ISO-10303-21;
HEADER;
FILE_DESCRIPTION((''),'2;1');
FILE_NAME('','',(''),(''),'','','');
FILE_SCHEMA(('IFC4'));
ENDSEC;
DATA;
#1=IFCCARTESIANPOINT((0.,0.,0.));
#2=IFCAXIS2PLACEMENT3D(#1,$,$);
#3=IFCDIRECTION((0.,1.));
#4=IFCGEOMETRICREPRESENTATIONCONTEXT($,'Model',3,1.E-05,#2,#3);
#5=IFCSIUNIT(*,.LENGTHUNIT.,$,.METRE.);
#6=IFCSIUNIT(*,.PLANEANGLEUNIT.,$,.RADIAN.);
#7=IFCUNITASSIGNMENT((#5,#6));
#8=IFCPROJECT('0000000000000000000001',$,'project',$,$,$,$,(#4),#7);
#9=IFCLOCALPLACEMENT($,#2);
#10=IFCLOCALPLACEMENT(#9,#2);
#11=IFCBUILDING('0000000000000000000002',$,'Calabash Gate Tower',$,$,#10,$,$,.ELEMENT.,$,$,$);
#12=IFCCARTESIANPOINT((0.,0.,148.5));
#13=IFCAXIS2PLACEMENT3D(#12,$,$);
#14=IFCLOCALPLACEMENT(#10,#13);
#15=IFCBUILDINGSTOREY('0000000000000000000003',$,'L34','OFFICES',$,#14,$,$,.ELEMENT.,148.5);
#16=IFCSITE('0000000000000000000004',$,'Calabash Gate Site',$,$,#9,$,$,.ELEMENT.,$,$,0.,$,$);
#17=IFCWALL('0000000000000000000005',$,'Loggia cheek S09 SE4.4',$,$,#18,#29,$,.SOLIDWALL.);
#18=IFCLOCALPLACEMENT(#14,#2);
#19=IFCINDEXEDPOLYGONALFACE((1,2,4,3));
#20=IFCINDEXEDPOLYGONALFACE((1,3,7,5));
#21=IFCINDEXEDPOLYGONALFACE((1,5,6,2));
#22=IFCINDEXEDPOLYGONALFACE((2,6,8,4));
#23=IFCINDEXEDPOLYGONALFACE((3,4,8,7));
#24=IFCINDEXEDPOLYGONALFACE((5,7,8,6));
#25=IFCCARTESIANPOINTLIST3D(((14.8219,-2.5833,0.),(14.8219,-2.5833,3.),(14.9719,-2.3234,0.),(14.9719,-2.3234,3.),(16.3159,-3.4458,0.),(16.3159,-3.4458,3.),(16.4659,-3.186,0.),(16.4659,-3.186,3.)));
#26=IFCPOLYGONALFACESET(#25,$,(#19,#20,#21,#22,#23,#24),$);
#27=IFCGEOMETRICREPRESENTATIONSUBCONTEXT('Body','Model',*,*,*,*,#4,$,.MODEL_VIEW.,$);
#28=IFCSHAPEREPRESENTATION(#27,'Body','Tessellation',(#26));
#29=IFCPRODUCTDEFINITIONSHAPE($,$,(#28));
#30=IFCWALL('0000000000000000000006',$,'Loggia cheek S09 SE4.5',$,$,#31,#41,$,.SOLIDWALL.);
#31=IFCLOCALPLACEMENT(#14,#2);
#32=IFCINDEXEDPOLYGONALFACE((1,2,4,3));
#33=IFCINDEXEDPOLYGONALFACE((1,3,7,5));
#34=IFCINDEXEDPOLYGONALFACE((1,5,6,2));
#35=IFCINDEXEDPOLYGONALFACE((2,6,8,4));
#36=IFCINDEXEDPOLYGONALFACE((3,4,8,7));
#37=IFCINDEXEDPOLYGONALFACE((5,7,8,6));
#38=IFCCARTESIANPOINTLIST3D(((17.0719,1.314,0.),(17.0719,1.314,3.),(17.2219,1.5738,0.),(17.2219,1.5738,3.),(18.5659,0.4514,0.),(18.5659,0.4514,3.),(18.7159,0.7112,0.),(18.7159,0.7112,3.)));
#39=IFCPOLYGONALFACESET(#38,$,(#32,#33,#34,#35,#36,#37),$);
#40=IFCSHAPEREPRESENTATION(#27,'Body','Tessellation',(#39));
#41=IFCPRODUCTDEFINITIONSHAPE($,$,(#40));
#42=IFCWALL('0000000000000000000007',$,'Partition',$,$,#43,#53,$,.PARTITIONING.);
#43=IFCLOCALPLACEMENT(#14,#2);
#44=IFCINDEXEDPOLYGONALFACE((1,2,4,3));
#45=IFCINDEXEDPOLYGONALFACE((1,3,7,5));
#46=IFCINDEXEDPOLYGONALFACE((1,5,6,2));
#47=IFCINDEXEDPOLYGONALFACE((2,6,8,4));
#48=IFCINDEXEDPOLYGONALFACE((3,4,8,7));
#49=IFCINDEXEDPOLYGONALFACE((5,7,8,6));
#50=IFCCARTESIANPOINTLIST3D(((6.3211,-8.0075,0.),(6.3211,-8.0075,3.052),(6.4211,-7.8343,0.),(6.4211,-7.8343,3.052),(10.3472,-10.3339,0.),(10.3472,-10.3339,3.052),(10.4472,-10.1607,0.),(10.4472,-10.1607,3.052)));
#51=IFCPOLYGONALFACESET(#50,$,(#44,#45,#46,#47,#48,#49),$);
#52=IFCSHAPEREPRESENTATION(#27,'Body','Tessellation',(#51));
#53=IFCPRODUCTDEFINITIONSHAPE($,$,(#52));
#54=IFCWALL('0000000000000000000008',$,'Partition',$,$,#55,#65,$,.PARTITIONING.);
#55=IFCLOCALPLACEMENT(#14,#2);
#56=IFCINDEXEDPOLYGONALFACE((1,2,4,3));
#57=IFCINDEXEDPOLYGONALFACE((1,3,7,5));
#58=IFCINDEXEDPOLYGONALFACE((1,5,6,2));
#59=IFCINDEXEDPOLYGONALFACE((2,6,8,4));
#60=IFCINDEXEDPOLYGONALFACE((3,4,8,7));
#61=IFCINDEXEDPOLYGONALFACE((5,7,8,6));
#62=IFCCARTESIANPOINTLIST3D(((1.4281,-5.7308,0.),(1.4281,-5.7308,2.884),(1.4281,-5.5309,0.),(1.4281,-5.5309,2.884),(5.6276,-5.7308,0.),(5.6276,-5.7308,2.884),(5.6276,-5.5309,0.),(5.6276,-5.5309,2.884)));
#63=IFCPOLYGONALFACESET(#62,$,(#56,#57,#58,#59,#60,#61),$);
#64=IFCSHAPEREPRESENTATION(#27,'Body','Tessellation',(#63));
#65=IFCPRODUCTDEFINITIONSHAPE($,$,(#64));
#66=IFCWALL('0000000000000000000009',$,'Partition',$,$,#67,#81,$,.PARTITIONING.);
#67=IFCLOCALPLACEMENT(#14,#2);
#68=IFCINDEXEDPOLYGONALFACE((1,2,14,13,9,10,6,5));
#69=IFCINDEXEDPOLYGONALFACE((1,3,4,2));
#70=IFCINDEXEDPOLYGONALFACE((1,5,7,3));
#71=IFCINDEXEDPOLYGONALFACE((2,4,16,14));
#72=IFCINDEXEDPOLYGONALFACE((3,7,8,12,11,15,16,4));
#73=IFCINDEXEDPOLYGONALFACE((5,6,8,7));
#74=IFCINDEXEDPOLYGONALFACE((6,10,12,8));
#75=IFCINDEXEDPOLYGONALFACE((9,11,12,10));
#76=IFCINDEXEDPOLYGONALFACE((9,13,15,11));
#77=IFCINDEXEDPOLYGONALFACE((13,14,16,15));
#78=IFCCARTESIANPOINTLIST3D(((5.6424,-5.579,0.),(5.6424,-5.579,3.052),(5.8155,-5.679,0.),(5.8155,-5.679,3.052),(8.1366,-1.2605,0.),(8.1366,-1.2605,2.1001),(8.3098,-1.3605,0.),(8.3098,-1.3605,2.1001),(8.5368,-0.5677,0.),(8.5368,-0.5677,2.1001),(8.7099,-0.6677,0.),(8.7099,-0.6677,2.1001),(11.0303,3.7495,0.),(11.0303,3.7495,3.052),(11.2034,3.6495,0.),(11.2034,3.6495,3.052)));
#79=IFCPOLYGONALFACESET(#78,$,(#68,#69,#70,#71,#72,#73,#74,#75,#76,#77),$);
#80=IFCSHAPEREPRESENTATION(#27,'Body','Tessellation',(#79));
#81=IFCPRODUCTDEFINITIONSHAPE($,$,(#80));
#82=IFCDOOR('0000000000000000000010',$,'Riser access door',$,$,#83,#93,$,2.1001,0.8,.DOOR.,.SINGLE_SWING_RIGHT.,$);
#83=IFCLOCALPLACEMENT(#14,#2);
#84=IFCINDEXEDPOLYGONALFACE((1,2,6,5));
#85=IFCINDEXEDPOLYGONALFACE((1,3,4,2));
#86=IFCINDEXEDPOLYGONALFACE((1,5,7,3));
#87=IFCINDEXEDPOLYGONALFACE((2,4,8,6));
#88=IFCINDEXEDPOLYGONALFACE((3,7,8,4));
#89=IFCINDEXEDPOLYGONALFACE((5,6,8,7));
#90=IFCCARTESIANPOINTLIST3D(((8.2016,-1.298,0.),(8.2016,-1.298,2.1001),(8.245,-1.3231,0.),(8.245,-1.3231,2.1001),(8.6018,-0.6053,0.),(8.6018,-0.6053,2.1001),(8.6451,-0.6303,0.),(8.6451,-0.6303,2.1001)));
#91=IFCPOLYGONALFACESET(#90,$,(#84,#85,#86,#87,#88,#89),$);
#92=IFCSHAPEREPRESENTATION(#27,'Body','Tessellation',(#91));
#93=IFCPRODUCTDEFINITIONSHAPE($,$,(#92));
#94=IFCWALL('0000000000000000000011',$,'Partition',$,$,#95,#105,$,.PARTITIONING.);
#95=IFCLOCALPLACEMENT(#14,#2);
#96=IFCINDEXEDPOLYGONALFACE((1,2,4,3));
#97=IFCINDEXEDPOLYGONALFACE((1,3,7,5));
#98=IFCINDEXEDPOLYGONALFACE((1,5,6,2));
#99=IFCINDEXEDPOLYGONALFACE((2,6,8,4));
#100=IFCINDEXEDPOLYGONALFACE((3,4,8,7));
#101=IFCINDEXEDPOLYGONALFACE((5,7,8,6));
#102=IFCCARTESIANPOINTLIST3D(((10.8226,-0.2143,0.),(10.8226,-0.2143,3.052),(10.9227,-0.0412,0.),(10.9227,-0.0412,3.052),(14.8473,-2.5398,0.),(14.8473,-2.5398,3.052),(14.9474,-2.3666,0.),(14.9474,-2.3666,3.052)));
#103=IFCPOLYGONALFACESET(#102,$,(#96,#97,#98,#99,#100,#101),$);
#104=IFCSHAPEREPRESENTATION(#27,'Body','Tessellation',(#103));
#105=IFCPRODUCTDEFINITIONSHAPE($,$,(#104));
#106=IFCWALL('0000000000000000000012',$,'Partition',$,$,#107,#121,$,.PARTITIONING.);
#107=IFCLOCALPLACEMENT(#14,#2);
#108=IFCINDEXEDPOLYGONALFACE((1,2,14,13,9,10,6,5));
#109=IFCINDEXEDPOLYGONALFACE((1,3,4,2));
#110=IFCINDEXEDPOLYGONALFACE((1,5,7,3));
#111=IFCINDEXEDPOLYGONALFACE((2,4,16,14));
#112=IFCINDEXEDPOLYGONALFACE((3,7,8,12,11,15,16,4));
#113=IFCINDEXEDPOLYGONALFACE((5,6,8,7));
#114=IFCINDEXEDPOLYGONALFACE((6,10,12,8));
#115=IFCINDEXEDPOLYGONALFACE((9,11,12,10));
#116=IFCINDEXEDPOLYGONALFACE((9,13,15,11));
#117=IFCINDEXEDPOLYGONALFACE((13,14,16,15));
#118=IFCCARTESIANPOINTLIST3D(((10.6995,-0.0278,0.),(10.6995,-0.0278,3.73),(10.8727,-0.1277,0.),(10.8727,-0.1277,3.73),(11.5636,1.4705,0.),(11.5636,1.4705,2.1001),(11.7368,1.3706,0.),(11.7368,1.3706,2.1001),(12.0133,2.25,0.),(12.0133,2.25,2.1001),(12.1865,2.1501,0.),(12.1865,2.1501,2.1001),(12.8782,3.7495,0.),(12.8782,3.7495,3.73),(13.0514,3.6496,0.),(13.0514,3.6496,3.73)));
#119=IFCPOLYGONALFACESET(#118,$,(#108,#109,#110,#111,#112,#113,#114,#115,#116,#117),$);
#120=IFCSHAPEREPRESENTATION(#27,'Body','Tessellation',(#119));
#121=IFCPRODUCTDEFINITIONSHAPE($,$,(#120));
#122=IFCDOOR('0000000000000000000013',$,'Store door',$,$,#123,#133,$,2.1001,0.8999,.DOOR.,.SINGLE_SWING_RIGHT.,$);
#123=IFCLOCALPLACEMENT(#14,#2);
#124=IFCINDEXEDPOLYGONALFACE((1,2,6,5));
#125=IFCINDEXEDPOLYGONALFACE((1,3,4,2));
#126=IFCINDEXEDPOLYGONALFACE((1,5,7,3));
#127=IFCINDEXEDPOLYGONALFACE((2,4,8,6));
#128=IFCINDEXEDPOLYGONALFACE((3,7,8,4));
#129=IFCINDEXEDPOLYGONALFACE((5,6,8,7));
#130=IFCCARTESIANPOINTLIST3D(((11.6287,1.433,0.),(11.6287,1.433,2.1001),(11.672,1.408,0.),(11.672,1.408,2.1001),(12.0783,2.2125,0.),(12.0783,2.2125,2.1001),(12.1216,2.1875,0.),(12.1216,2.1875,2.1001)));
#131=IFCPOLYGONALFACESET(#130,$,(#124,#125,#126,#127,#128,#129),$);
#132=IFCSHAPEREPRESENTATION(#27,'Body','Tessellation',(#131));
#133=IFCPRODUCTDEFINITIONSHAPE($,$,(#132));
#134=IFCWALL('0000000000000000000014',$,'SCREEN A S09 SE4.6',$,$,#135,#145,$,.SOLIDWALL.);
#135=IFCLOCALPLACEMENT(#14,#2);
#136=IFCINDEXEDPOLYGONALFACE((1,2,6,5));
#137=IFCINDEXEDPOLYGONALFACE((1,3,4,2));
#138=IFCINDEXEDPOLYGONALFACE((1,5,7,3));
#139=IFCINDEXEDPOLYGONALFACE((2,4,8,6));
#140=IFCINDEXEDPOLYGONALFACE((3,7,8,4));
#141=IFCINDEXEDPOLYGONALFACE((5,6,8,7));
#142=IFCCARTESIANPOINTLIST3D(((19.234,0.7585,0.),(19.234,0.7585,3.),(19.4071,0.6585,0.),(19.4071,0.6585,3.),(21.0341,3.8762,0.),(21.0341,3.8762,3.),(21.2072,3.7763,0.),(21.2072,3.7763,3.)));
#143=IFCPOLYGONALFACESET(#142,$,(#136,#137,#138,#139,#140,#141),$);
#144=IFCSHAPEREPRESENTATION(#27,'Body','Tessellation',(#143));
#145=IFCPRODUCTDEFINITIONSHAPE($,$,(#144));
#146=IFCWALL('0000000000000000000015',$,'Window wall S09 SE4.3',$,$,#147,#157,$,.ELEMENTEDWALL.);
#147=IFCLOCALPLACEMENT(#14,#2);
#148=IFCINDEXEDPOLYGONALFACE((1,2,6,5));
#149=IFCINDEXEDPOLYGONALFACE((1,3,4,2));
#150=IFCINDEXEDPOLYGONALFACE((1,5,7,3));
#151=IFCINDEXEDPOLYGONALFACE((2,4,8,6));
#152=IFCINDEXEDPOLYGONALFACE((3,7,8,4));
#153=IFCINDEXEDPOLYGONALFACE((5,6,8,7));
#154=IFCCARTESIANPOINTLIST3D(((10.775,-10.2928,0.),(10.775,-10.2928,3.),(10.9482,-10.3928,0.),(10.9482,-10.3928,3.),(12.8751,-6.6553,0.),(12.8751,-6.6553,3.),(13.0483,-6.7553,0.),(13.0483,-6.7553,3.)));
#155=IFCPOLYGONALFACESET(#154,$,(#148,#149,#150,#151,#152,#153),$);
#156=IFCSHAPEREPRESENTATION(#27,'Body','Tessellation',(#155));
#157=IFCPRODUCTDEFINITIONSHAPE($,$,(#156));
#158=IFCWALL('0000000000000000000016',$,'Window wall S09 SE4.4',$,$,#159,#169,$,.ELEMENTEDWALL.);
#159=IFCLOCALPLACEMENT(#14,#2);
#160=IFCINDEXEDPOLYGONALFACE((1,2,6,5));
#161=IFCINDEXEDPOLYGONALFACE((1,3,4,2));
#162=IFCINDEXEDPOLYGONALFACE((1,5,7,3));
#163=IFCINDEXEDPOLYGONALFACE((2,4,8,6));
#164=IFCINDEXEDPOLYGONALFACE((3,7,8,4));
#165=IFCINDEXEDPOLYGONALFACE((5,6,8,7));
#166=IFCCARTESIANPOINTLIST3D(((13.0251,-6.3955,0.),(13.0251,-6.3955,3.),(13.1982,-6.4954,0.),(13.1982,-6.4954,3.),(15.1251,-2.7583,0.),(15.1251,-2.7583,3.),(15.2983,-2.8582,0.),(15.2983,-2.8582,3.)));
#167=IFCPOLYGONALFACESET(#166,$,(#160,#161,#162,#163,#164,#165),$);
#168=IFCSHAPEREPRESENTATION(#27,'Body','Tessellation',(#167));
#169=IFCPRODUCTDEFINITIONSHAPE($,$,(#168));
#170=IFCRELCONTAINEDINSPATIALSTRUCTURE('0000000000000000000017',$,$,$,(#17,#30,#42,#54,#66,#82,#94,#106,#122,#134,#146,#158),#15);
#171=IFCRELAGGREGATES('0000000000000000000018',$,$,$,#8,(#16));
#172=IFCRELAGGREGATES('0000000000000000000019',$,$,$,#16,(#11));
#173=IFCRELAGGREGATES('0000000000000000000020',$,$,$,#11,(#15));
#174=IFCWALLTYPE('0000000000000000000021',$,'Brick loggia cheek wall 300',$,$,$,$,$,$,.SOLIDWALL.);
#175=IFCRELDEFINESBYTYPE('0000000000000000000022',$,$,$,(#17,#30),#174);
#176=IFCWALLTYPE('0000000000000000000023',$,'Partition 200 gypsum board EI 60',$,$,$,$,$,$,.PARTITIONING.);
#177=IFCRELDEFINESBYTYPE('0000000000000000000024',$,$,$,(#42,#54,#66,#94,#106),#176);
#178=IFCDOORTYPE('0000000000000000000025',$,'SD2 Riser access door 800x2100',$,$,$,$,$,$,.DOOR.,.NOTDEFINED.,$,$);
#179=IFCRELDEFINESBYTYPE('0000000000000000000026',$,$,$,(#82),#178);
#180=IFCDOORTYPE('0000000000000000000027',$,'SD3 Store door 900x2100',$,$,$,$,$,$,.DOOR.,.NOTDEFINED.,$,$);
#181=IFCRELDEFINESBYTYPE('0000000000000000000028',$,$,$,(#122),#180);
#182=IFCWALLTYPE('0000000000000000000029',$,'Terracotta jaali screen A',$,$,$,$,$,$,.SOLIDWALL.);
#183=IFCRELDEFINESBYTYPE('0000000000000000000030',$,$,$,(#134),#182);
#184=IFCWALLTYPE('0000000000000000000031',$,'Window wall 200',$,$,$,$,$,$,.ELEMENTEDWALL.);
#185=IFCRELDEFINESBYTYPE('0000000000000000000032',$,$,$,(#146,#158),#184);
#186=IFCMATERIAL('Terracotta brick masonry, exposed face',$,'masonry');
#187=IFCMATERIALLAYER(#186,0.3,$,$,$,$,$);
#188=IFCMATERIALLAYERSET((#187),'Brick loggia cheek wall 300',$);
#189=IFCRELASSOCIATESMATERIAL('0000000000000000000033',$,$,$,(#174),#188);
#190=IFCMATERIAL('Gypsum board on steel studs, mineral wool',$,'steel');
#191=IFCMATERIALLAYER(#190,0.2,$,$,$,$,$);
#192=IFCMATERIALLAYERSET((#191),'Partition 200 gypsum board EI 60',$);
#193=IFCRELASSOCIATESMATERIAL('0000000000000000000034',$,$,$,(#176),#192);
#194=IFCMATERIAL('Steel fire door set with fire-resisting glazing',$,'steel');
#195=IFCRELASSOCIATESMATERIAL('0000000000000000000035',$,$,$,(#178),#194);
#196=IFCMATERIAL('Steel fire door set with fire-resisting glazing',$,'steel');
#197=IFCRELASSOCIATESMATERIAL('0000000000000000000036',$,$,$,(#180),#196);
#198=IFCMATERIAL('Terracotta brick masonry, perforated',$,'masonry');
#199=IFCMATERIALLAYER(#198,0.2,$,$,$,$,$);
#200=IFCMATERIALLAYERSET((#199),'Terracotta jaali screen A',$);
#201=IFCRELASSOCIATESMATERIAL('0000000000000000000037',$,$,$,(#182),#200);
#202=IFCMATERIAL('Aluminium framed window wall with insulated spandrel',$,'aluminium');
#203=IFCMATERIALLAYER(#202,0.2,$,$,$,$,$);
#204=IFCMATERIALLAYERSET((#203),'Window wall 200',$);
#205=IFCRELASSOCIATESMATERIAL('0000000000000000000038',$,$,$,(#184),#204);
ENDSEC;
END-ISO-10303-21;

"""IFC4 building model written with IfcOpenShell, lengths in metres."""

from ifc_helpers import new_model, si_unit, direction, frame, frame_2d, origin, place, context, subcontext, project, spatial, rectangle, extrude, material, layer, layer_set, type_object, element, fill, save


model = new_model("IFC4")

# Units and contexts
model_context = context("Model", 3, precision=1e-05, world=origin(), true_north=direction((0.0, 1.0)))
body_context = subcontext(model_context, "Body", "Model", "MODEL_VIEW")
ifc_project = project(units=[si_unit("LENGTHUNIT", "METRE"), si_unit("PLANEANGLEUNIT", "RADIAN")], contexts=[model_context])

# Site, building, storey
site_placement = place(None, origin())
site = spatial("IfcSite", under=ifc_project, at=site_placement, Name="Calabash Gate Site", CompositionType="ELEMENT", RefElevation=0.0)
building_placement = place(site_placement, origin())
building = spatial("IfcBuilding", under=site, at=building_placement, Name="Calabash Gate Tower", CompositionType="ELEMENT")
storey_placement = place(building_placement, frame((0.0, 0.0, 148.5)))
storey = spatial("IfcBuildingStorey", under=building, at=storey_placement, Name="L34", Description="OFFICES", CompositionType="ELEMENT", Elevation=148.5)

# Walls
ifc_material_1 = material(Name="Terracotta brick masonry, exposed face", Category="masonry")
ifc_layer_1 = layer(ifc_material_1, 0.3)
ifc_layer_set_1 = layer_set([ifc_layer_1], Name="Brick loggia cheek wall 300")
wall_type_1 = type_object("IfcWallType", Name="Brick loggia cheek wall 300", PredefinedType="SOLIDWALL", material=ifc_layer_set_1)
for number, where, z_axis, x_axis, name in (
    (1, (16.3909, -3.3159, 0.0), (0.0, 0.0, 1.0), (-0.866014, 0.500021, 0.0), "Loggia cheek S09 SE4.4"),
    (2, (18.6409, 0.5813, 0.0), (0.0, 0.0, 1.0), (-0.866014, 0.500021, 0.0), "Loggia cheek S09 SE4.5"),
):
    element("IfcWall", number, at=place(storey_placement, frame(where, z_axis=z_axis, x_axis=x_axis)), inside=storey, type_object=wall_type_1, Name=name, PredefinedType="SOLIDWALL", context=body_context, shape_type="SweptSolid", body=[
        extrude(rectangle(XDim=1.7251, YDim=0.3, at=frame_2d((0.8625, 0.0))), origin(), (0.0, 0.0, 1.0), 3.0),
    ])
ifc_material_2 = material(Name="Gypsum board on steel studs, mineral wool", Category="steel")
ifc_layer_2 = layer(ifc_material_2, 0.2)
ifc_layer_set_2 = layer_set([ifc_layer_2], Name="Partition 200 gypsum board EI 60")
wall_type_2 = type_object("IfcWallType", Name="Partition 200 gypsum board EI 60", PredefinedType="PARTITIONING", material=ifc_layer_set_2)
wall_1_placement = place(storey_placement, frame((6.3711, -7.9209, 0.0), z_axis=(0.0, 0.0, 1.0), x_axis=(0.865845, -0.500312, 0.0)))
element("IfcWall", 3, at=wall_1_placement, inside=storey, type_object=wall_type_2, Name="Partition", PredefinedType="PARTITIONING", context=body_context, shape_type="SweptSolid", body=[
    extrude(rectangle(XDim=4.6499, YDim=0.2, at=frame_2d((2.325, 0.0))), origin(), (0.0, 0.0, 1.0), 3.052),
])
wall_2_placement = place(storey_placement, frame((1.4282, -5.6309, 0.0), z_axis=(0.0, 0.0, 1.0), x_axis=(1.0, 0.0, 0.0)))
element("IfcWall", 4, at=wall_2_placement, inside=storey, type_object=wall_type_2, Name="Partition", PredefinedType="PARTITIONING", context=body_context, shape_type="SweptSolid", body=[
    extrude(rectangle(XDim=4.1995, YDim=0.2, at=frame_2d((2.0996, 0.0))), origin(), (0.0, 0.0, 1.0), 2.884),
])

# Wall, opening, door
wall_3_placement = place(storey_placement, frame((5.729, -5.6289, 0.0), z_axis=(0.0, 0.0, 1.0), x_axis=(0.500144, 0.865943, 0.0)))
wall_3 = element("IfcWall", 5, at=wall_3_placement, inside=storey, type_object=wall_type_2, Name="Partition", PredefinedType="PARTITIONING", context=body_context, shape_type="SweptSolid", body=[
    extrude(rectangle(XDim=10.7727, YDim=0.2, at=frame_2d((5.3862, 0.0))), origin(), (0.0, 0.0, 1.0), 3.052),
])
opening_1_placement = place(wall_3_placement, frame((4.9871, 0.0, 0.0)))
opening_1 = element("IfcOpeningElement", 6, at=opening_1_placement, cuts=wall_3, PredefinedType="OPENING", context=body_context, shape_type="SweptSolid", body=[
    extrude(rectangle(XDim=0.8, YDim=2.1001, at=frame_2d((0.3999, 1.05))), frame((0.0, 0.1099, 0.0), z_axis=(0.0, -1.0, 0.0), x_axis=(1.0, 0.0, 0.0)), (0.0, 0.0, 1.0), 0.22),
])
ifc_material_3 = material(Name="Steel fire door set with fire-resisting glazing", Category="steel")
door_type_1 = type_object("IfcDoorType", Name="SD2 Riser access door 800x2100", OperationType="NOTDEFINED", PredefinedType="DOOR", material=ifc_material_3)
door_1_placement = place(opening_1_placement, origin())
door_1 = element("IfcDoor", 7, at=door_1_placement, inside=storey, type_object=door_type_1, Name="Riser access door", OperationType="SINGLE_SWING_RIGHT", OverallHeight=2.1001, OverallWidth=0.8, PredefinedType="DOOR", context=body_context, shape_type="SweptSolid", body=[
    extrude(rectangle(XDim=0.8, YDim=2.1001, at=frame_2d((0.3999, 1.05))), frame((0.0, 0.0249, 0.0), z_axis=(0.0, -1.0, 0.0), x_axis=(1.0, 0.0, 0.0)), (0.0, 0.0, 1.0), 0.05),
])
fill(opening_1, door_1)

# Wall
wall_4_placement = place(storey_placement, frame((10.8726, -0.1277, 0.0), z_axis=(0.0, 0.0, 1.0), x_axis=(0.865857, -0.500291, 0.0)))
element("IfcWall", 8, at=wall_4_placement, inside=storey, type_object=wall_type_2, Name="Partition", PredefinedType="PARTITIONING", context=body_context, shape_type="SweptSolid", body=[
    extrude(rectangle(XDim=4.6482, YDim=0.2, at=frame_2d((2.3242, 0.0))), origin(), (0.0, 0.0, 1.0), 3.052),
])

# Wall, opening, door
wall_5_placement = place(storey_placement, frame((10.7861, -0.0776, 0.0), z_axis=(0.0, 0.0, 1.0), x_axis=(0.499632, 0.866238, 0.0)))
wall_5 = element("IfcWall", 9, at=wall_5_placement, inside=storey, type_object=wall_type_2, Name="Partition", PredefinedType="PARTITIONING", context=body_context, shape_type="SweptSolid", body=[
    extrude(rectangle(XDim=4.3606, YDim=0.2, at=frame_2d((2.1802, 0.0))), origin(), (0.0, 0.0, 1.0), 3.73),
])
opening_2_placement = place(wall_5_placement, frame((1.7295, 0.0, 0.0)))
opening_2 = element("IfcOpeningElement", 10, at=opening_2_placement, cuts=wall_5, PredefinedType="OPENING", context=body_context, shape_type="SweptSolid", body=[
    extrude(rectangle(XDim=0.8999, YDim=2.1001, at=frame_2d((0.45, 1.05))), frame((0.0, 0.1099, 0.0), z_axis=(0.0, -1.0, 0.0), x_axis=(1.0, 0.0, 0.0)), (0.0, 0.0, 1.0), 0.22),
])
ifc_material_4 = material(Name="Steel fire door set with fire-resisting glazing", Category="steel")
door_type_2 = type_object("IfcDoorType", Name="SD3 Store door 900x2100", OperationType="NOTDEFINED", PredefinedType="DOOR", material=ifc_material_4)
door_2_placement = place(opening_2_placement, origin())
door_2 = element("IfcDoor", 11, at=door_2_placement, inside=storey, type_object=door_type_2, Name="Store door", OperationType="SINGLE_SWING_RIGHT", OverallHeight=2.1001, OverallWidth=0.8999, PredefinedType="DOOR", context=body_context, shape_type="SweptSolid", body=[
    extrude(rectangle(XDim=0.8999, YDim=2.1001, at=frame_2d((0.45, 1.05))), frame((0.0, 0.0249, 0.0), z_axis=(0.0, -1.0, 0.0), x_axis=(1.0, 0.0, 0.0)), (0.0, 0.0, 1.0), 0.05),
])
fill(opening_2, door_2)

# Walls
ifc_material_5 = material(Name="Terracotta brick masonry, perforated", Category="masonry")
ifc_layer_3 = layer(ifc_material_5, 0.2)
ifc_layer_set_3 = layer_set([ifc_layer_3], Name="Terracotta jaali screen A")
wall_type_3 = type_object("IfcWallType", Name="Terracotta jaali screen A", PredefinedType="SOLIDWALL", material=ifc_layer_set_3)
wall_6_placement = place(storey_placement, frame((19.3206, 0.7085, 0.0), z_axis=(0.0, 0.0, 1.0), x_axis=(0.500012, 0.866018, 0.0)))
element("IfcWall", 12, at=wall_6_placement, inside=storey, type_object=wall_type_3, Name="SCREEN A S09 SE4.6", PredefinedType="SOLIDWALL", context=body_context, shape_type="SweptSolid", body=[
    extrude(rectangle(XDim=3.6001, YDim=0.2, at=frame_2d((1.8, 0.0))), origin(), (0.0, 0.0, 1.0), 3.0),
])
ifc_material_6 = material(Name="Aluminium framed window wall with insulated spandrel", Category="aluminium")
ifc_layer_4 = layer(ifc_material_6, 0.2)
ifc_layer_set_4 = layer_set([ifc_layer_4], Name="Window wall 200")
wall_type_4 = type_object("IfcWallType", Name="Window wall 200", PredefinedType="ELEMENTEDWALL", material=ifc_layer_set_4)
wall_7_placement = place(storey_placement, frame((10.8616, -10.3428, 0.0), z_axis=(0.0, 0.0, 1.0), x_axis=(0.500003, 0.866024, 0.0)))
element("IfcWall", 13, at=wall_7_placement, inside=storey, type_object=wall_type_4, Name="Window wall S09 SE4.3", PredefinedType="ELEMENTEDWALL", context=body_context, shape_type="SweptSolid", body=[
    extrude(rectangle(XDim=4.2002, YDim=0.2, at=frame_2d((2.1001, 0.0))), origin(), (0.0, 0.0, 1.0), 3.0),
])
wall_8_placement = place(storey_placement, frame((13.1116, -6.4456, 0.0), z_axis=(0.0, 0.0, 1.0), x_axis=(0.500028, 0.866009, 0.0)))
element("IfcWall", 14, at=wall_8_placement, inside=storey, type_object=wall_type_4, Name="Window wall S09 SE4.4", PredefinedType="ELEMENTEDWALL", context=body_context, shape_type="SweptSolid", body=[
    extrude(rectangle(XDim=4.2, YDim=0.2, at=frame_2d((2.1001, 0.0))), origin(), (0.0, 0.0, 1.0), 3.0),
])

save(model, "model.ifc")
